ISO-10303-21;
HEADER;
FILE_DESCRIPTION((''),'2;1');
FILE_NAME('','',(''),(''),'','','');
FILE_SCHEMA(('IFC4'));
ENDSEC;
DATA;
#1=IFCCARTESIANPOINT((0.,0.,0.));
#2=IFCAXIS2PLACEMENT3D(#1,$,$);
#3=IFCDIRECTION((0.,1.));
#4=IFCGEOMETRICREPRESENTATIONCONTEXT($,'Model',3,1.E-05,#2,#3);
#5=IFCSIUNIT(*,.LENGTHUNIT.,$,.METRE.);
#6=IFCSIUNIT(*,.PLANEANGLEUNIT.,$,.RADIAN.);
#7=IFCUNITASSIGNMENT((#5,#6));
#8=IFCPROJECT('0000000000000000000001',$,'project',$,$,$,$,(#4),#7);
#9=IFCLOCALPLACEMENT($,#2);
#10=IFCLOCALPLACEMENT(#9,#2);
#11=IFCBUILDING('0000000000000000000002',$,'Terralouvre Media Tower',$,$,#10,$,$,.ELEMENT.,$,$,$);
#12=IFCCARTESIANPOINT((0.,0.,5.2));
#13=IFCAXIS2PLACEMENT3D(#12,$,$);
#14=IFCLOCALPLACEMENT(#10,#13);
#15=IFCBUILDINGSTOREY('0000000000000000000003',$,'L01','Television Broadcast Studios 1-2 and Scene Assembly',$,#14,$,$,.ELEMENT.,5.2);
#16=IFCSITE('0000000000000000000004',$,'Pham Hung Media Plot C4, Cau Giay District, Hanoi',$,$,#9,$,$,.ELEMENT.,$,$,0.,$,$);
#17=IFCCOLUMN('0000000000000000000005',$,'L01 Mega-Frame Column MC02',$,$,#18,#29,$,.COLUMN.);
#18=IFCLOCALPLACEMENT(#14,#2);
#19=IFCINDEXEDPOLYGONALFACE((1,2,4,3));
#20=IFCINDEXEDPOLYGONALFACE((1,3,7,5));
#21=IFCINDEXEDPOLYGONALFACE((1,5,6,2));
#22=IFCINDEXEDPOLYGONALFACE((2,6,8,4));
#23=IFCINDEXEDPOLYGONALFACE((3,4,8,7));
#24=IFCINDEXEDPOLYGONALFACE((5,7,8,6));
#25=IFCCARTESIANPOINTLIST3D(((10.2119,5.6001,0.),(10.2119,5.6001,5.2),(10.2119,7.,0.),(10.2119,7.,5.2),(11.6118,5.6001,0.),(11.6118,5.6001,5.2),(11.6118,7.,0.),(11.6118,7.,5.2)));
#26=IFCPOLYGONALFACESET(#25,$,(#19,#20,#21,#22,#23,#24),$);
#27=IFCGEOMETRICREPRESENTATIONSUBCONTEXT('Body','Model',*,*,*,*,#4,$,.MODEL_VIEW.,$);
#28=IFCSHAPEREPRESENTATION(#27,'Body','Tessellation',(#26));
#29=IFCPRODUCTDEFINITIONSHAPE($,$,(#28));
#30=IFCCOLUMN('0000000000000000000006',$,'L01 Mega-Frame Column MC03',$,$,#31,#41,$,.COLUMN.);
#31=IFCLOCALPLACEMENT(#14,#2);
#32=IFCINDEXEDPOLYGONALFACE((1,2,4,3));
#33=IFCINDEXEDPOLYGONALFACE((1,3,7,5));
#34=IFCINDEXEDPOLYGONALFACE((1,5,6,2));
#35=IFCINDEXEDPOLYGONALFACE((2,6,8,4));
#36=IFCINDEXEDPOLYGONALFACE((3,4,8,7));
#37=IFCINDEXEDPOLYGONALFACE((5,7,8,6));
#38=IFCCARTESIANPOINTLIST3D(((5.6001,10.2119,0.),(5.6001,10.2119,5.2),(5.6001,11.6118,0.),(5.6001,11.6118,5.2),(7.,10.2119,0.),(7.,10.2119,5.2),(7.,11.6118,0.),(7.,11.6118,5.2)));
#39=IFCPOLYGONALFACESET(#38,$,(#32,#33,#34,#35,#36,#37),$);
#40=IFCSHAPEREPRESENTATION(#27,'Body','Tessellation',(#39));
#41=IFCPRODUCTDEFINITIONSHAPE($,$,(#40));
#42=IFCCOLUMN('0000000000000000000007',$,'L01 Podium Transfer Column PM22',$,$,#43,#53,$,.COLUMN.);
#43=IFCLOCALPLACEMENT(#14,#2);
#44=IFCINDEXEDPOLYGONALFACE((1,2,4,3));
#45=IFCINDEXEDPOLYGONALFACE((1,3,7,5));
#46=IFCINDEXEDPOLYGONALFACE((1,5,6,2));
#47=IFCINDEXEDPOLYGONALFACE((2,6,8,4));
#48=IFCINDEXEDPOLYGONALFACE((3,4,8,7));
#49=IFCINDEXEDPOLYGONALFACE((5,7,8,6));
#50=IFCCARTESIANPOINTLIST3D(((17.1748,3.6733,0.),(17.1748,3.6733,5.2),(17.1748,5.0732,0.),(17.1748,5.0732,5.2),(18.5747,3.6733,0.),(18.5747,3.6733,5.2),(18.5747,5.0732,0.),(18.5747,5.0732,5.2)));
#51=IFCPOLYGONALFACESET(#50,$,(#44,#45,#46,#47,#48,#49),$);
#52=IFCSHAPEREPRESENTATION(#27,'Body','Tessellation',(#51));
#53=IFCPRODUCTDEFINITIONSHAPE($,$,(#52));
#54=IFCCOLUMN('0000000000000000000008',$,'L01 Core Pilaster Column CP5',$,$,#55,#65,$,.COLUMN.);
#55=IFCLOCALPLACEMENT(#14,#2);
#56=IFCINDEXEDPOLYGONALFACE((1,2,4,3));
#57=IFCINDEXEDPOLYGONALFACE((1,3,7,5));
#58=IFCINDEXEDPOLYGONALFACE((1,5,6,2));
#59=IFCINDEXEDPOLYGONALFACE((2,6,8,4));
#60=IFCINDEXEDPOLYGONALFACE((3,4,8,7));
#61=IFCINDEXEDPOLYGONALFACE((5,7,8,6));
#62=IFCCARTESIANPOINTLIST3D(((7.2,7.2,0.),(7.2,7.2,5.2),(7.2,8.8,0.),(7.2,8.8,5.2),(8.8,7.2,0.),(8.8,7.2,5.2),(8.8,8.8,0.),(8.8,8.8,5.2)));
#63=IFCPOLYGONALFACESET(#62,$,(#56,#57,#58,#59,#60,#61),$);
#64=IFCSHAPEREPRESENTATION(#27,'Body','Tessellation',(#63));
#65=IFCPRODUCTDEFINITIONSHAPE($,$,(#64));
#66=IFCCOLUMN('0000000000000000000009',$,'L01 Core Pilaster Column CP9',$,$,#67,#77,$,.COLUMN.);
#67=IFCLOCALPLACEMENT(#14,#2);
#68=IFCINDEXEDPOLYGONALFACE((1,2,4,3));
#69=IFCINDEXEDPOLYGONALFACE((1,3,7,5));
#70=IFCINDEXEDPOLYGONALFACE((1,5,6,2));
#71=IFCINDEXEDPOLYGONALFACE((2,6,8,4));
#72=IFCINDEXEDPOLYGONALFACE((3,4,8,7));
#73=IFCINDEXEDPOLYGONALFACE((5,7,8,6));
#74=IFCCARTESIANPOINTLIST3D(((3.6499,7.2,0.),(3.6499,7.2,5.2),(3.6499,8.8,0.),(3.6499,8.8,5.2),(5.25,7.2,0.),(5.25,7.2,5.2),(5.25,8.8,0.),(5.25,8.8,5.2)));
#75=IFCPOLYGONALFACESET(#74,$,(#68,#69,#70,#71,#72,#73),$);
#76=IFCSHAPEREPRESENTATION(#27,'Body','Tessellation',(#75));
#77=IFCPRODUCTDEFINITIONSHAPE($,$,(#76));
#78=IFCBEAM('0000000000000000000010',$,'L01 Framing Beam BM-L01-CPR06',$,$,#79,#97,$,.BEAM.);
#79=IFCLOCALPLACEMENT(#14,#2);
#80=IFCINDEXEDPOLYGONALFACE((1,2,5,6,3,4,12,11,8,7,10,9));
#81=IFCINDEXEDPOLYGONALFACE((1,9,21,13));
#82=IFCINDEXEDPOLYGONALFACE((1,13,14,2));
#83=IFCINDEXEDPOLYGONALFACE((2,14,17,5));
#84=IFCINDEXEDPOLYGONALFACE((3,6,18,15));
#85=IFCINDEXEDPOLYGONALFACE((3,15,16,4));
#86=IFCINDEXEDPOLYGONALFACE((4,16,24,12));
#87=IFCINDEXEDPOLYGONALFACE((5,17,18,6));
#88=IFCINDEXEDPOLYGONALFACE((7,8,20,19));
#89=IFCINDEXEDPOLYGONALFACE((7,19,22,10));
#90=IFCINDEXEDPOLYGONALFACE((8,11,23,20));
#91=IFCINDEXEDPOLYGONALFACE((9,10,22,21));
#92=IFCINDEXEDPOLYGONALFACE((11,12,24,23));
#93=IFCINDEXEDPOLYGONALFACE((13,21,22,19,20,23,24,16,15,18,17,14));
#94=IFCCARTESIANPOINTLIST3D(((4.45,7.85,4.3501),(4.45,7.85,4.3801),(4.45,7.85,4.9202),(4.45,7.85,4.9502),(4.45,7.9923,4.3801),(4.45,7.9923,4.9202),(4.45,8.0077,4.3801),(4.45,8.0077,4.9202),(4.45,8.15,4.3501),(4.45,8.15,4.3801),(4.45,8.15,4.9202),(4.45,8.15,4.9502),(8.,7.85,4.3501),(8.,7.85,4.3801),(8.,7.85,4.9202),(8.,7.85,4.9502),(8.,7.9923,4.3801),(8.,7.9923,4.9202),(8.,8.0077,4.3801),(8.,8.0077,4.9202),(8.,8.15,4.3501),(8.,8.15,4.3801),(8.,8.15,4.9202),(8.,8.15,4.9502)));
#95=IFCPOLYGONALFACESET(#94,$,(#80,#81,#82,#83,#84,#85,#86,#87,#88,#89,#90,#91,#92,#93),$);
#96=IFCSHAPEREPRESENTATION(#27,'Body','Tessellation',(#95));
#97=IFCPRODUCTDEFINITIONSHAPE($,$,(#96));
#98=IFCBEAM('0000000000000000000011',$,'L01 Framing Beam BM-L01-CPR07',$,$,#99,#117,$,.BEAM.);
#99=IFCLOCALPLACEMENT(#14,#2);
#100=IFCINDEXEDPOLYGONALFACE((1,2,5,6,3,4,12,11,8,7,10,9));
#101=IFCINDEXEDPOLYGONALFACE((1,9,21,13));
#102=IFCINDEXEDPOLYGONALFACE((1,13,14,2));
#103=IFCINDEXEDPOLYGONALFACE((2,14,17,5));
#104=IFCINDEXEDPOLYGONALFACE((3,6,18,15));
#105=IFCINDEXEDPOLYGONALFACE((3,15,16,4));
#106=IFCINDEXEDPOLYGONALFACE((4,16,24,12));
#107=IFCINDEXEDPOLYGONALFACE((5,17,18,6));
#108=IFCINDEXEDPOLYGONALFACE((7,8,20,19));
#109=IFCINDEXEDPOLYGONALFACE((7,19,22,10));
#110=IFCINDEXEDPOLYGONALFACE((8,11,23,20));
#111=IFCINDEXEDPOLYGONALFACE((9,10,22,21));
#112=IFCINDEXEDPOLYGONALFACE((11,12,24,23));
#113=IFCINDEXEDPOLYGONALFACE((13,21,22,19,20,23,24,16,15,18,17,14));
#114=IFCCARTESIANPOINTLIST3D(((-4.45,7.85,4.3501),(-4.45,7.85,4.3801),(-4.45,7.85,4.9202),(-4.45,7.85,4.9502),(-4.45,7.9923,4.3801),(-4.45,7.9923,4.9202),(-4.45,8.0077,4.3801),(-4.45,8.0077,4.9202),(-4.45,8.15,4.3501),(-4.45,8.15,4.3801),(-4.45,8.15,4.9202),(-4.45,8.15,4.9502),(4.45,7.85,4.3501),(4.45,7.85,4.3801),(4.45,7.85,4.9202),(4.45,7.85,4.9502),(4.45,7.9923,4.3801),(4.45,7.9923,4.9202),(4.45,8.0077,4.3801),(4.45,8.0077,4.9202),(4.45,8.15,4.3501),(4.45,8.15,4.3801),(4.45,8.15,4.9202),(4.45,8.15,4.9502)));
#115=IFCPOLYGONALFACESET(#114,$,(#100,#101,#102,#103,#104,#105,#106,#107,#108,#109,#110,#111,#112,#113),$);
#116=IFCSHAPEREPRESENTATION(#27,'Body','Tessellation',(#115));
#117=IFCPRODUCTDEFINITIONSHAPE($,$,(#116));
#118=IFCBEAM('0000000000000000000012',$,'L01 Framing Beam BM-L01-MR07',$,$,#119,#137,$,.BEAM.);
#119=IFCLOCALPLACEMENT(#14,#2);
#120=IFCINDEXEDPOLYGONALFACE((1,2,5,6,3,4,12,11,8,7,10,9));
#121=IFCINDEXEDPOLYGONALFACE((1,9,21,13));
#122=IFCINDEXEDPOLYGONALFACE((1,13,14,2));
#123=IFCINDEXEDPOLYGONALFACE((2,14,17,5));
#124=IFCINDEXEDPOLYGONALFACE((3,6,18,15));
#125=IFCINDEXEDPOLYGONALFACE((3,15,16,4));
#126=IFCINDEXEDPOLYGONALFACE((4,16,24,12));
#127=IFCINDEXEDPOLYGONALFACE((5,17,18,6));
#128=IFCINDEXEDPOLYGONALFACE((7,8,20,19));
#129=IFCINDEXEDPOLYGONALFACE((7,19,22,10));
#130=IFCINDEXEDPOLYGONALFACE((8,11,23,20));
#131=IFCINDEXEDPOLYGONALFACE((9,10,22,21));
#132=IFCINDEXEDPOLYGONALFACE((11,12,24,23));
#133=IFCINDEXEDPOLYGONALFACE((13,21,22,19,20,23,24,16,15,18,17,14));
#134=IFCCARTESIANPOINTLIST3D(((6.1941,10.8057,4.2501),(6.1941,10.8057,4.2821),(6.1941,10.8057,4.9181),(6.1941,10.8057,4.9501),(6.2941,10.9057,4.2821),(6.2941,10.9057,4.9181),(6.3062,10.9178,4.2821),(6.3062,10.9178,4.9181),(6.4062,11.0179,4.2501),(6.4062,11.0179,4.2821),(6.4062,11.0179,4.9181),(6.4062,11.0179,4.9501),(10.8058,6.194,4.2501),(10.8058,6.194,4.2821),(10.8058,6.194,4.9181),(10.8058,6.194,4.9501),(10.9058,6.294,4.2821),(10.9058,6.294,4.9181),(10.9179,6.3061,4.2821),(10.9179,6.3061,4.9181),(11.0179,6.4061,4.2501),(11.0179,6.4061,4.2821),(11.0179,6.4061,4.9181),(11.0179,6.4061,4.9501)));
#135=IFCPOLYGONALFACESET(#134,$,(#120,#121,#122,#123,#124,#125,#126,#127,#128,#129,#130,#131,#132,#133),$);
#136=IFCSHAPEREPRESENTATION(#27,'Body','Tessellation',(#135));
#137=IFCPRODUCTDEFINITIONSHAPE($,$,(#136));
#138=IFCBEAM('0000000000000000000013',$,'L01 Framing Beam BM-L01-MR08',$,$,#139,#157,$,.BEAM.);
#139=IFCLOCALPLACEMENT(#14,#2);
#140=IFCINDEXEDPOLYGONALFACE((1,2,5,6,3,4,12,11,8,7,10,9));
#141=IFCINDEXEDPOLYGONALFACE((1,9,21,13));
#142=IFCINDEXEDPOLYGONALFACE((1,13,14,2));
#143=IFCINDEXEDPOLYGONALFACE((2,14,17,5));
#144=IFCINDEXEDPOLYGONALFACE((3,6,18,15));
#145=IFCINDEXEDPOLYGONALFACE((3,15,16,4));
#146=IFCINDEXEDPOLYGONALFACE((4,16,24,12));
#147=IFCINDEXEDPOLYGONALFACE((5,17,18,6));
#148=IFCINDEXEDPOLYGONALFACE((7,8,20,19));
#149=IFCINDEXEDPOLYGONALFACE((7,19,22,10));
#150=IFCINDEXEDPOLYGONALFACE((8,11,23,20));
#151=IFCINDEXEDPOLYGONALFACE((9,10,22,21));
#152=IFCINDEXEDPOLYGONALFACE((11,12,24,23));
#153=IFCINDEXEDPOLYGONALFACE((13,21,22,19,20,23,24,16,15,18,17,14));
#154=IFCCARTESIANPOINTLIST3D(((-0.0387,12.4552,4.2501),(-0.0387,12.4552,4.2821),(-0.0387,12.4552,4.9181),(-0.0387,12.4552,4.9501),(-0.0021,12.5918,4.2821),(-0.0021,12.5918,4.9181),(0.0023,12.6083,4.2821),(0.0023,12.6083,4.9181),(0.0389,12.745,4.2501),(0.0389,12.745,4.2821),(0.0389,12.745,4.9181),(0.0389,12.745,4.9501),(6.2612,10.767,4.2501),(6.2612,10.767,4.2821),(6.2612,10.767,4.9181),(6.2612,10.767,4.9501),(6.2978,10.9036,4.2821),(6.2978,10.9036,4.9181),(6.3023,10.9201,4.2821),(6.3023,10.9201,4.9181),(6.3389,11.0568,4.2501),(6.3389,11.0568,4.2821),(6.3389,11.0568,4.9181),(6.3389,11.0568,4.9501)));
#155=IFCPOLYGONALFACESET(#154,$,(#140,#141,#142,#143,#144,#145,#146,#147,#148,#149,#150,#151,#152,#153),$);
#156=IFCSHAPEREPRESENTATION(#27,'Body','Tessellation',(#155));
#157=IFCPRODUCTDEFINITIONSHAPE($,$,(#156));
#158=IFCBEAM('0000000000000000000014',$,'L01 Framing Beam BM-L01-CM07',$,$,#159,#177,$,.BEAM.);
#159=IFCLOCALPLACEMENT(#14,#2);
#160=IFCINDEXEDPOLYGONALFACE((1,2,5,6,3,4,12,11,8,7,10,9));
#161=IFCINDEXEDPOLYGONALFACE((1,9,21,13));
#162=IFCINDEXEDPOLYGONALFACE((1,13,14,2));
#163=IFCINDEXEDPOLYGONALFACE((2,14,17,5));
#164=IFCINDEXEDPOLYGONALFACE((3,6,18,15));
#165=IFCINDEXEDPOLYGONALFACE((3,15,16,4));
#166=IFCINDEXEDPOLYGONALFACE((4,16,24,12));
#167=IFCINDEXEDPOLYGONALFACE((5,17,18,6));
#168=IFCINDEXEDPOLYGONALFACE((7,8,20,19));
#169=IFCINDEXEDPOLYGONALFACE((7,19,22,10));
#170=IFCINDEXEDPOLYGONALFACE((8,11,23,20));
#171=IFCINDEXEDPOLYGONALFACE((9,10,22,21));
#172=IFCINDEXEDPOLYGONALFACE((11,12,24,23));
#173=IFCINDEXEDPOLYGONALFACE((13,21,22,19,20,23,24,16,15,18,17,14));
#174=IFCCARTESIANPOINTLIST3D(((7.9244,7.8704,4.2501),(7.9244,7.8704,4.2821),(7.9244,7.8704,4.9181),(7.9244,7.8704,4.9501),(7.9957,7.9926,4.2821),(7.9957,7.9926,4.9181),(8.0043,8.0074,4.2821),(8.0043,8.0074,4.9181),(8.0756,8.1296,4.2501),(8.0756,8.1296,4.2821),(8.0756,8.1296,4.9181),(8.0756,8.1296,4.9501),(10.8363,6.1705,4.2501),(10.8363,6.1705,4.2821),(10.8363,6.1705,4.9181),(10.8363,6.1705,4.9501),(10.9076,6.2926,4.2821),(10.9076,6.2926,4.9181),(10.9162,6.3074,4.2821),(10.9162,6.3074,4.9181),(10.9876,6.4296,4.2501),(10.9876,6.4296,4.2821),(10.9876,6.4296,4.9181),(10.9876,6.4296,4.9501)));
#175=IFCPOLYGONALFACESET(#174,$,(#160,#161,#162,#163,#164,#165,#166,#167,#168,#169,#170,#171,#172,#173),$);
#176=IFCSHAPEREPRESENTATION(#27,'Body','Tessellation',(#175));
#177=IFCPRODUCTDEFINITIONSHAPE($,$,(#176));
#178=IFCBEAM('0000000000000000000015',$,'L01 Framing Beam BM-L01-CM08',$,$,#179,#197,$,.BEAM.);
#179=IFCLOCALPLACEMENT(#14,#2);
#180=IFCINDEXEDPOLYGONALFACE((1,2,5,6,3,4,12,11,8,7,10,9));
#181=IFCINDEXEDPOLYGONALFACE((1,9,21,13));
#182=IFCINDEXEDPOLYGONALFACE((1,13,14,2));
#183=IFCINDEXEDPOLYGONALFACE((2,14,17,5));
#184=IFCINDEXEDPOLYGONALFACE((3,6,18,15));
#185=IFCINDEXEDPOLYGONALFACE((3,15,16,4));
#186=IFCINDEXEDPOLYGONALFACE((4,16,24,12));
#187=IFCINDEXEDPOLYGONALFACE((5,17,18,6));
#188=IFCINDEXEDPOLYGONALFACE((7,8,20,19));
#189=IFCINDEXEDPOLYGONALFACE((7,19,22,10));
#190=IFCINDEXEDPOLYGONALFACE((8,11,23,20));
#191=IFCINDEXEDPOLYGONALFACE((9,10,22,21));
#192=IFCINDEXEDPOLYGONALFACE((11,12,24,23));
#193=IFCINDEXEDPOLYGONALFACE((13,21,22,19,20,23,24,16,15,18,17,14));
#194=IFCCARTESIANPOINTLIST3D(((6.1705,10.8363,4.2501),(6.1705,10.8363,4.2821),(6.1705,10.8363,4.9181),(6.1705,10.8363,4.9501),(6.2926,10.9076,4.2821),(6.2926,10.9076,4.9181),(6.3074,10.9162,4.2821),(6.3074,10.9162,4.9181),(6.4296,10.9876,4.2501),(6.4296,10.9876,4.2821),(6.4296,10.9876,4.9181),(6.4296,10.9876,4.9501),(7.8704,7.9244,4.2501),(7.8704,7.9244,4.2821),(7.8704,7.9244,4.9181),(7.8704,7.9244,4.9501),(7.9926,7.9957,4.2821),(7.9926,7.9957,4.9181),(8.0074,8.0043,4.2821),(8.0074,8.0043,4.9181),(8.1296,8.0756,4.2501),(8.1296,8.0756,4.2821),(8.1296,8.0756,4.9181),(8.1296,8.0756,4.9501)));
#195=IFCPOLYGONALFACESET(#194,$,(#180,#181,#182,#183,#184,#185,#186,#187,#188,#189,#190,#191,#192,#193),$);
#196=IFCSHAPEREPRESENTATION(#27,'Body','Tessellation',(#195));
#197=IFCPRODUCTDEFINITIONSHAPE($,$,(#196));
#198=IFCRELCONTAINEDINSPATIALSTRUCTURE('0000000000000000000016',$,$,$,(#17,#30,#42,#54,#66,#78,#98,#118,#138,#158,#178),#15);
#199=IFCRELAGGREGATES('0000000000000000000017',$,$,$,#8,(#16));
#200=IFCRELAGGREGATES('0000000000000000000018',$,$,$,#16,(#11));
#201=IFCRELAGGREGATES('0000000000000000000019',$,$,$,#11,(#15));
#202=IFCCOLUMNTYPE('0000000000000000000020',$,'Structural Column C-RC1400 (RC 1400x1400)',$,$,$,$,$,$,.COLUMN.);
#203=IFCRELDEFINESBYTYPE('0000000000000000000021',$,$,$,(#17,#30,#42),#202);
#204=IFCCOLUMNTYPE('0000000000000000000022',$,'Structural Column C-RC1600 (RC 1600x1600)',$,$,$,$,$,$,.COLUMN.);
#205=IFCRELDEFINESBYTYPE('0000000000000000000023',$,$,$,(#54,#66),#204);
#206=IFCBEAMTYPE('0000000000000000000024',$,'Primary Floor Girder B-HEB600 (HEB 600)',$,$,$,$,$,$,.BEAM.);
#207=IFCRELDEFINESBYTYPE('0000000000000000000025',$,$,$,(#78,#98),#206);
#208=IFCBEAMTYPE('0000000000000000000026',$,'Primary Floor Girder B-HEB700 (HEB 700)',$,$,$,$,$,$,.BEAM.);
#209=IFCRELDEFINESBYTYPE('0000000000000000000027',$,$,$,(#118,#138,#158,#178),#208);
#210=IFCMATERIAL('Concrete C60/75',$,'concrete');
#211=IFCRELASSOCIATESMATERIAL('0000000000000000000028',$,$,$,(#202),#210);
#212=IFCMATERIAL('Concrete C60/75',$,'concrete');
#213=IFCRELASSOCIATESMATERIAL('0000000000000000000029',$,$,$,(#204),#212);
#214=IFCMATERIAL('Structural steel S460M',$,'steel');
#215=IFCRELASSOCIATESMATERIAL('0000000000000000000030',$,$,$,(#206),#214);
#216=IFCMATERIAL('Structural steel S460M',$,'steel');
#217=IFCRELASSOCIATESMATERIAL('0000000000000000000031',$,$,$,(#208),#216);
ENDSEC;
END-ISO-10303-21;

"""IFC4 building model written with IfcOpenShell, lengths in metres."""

from ifc_helpers import new_model, si_unit, direction, frame, origin, origin_2d, place, context, subcontext, project, spatial, rectangle, i_section, extrude, material, material_profile, profile_set, type_object, element, save


model = new_model("IFC4")

# Units and contexts
model_context = context("Model", 3, precision=1e-05, world=origin(), true_north=direction((0.0, 1.0)))
body_context = subcontext(model_context, "Body", "Model", "MODEL_VIEW")
ifc_project = project(units=[si_unit("LENGTHUNIT", "METRE"), si_unit("PLANEANGLEUNIT", "RADIAN")], contexts=[model_context])

# Site, building, storey
site_placement = place(None, origin())
site = spatial("IfcSite", under=ifc_project, at=site_placement, Name="Pham Hung Media Plot C4, Cau Giay District, Hanoi", CompositionType="ELEMENT", RefElevation=0.0)
building_placement = place(site_placement, origin())
building = spatial("IfcBuilding", under=site, at=building_placement, Name="Terralouvre Media Tower", CompositionType="ELEMENT")
storey_placement = place(building_placement, frame((0.0, 0.0, 5.2)))
storey = spatial("IfcBuildingStorey", under=building, at=storey_placement, Name="L01", Description="Television Broadcast Studios 1-2 and Scene Assembly", CompositionType="ELEMENT", Elevation=5.2)

# Columns
ifc_material_1 = material(Name="Concrete C60/75", Category="concrete")
ifc_material_profile_1 = material_profile(ifc_material_1, rectangle(XDim=1.3999, YDim=1.3999, at=origin_2d()), Name="RC 1400x1400")
ifc_profile_set_1 = profile_set([ifc_material_profile_1], Name="Concrete C60/75")
column_type_1 = type_object("IfcColumnType", Name="Structural Column C-RC1400 (RC 1400x1400)", PredefinedType="COLUMN", material=ifc_profile_set_1)
for number, where, z_axis, x_axis, name in (
    (1, (10.9119, 6.3, 0.0), (0.0, 0.0, 1.0), (1.0, 0.0, 0.0), "L01 Mega-Frame Column MC02"),
    (2, (6.3, 10.9119, 0.0), (0.0, 0.0, 1.0), (1.0, 0.0, 0.0), "L01 Mega-Frame Column MC03"),
    (3, (17.8748, 4.3733, 0.0), (0.0, 0.0, 1.0), (1.0, 0.0, 0.0), "L01 Podium Transfer Column PM22"),
):
    element("IfcColumn", number, at=place(storey_placement, frame(where, z_axis=z_axis, x_axis=x_axis)), inside=storey, type_object=column_type_1, Name=name, PredefinedType="COLUMN", context=body_context, shape_type="SweptSolid", body=[
        extrude(rectangle(XDim=1.3999, YDim=1.3999, at=origin_2d()), origin(), (0.0, 0.0, 1.0), 5.2),
    ])
ifc_material_2 = material(Name="Concrete C60/75", Category="concrete")
ifc_material_profile_2 = material_profile(ifc_material_2, rectangle(XDim=1.6001, YDim=1.6001, at=origin_2d()), Name="RC 1600x1600")
ifc_profile_set_2 = profile_set([ifc_material_profile_2], Name="Concrete C60/75")
column_type_2 = type_object("IfcColumnType", Name="Structural Column C-RC1600 (RC 1600x1600)", PredefinedType="COLUMN", material=ifc_profile_set_2)
for number, where, z_axis, x_axis, name in (
    (4, (8.0, 8.0, 0.0), (0.0, 0.0, 1.0), (1.0, 0.0, 0.0), "L01 Core Pilaster Column CP5"),
    (5, (4.45, 8.0, 0.0), (0.0, 0.0, 1.0), (1.0, 0.0, 0.0), "L01 Core Pilaster Column CP9"),
):
    element("IfcColumn", number, at=place(storey_placement, frame(where, z_axis=z_axis, x_axis=x_axis)), inside=storey, type_object=column_type_2, Name=name, PredefinedType="COLUMN", context=body_context, shape_type="SweptSolid", body=[
        extrude(rectangle(XDim=1.6001, YDim=1.6001, at=origin_2d()), origin(), (0.0, 0.0, 1.0), 5.2),
    ])

# Beams
ifc_material_3 = material(Name="Structural steel S460M", Category="steel")
ifc_material_profile_3 = material_profile(ifc_material_3, i_section(OverallWidth=0.3, OverallDepth=0.6001, WebThickness=0.0154, FlangeThickness=0.03, at=origin_2d()), Name="HEB 600")
ifc_profile_set_3 = profile_set([ifc_material_profile_3], Name="Structural steel S460M")
beam_type_1 = type_object("IfcBeamType", Name="Primary Floor Girder B-HEB600 (HEB 600)", PredefinedType="BEAM", material=ifc_profile_set_3)
beam_1_placement = place(storey_placement, frame((8.0, 8.0, 4.6501), z_axis=(-1.0, 0.0, 0.0), x_axis=(0.0, -1.0, 0.0)))
element("IfcBeam", 6, at=beam_1_placement, inside=storey, type_object=beam_type_1, Name="L01 Framing Beam BM-L01-CPR06", PredefinedType="BEAM", context=body_context, shape_type="SweptSolid", body=[
    extrude(i_section(OverallWidth=0.3, OverallDepth=0.6001, WebThickness=0.0154, FlangeThickness=0.03, at=origin_2d()), origin(), (0.0, 0.0, 1.0), 3.55),
])
beam_2_placement = place(storey_placement, frame((4.45, 8.0, 4.6501), z_axis=(-1.0, 0.0, 0.0), x_axis=(0.0, -1.0, 0.0)))
element("IfcBeam", 7, at=beam_2_placement, inside=storey, type_object=beam_type_1, Name="L01 Framing Beam BM-L01-CPR07", PredefinedType="BEAM", context=body_context, shape_type="SweptSolid", body=[
    extrude(i_section(OverallWidth=0.3, OverallDepth=0.6001, WebThickness=0.0154, FlangeThickness=0.03, at=origin_2d()), origin(), (0.0, 0.0, 1.0), 8.8999),
])
ifc_material_4 = material(Name="Structural steel S460M", Category="steel")
ifc_material_profile_4 = material_profile(ifc_material_4, i_section(OverallWidth=0.3, OverallDepth=0.7, WebThickness=0.0171, FlangeThickness=0.032, at=origin_2d()), Name="HEB 700")
ifc_profile_set_4 = profile_set([ifc_material_profile_4], Name="Structural steel S460M")
beam_type_2 = type_object("IfcBeamType", Name="Primary Floor Girder B-HEB700 (HEB 700)", PredefinedType="BEAM", material=ifc_profile_set_4)
beam_3_placement = place(storey_placement, frame((10.9119, 6.3, 4.6001), z_axis=(-0.707107, 0.707107, 0.0), x_axis=(-0.707107, -0.707107, 0.0)))
element("IfcBeam", 8, at=beam_3_placement, inside=storey, type_object=beam_type_2, Name="L01 Framing Beam BM-L01-MR07", PredefinedType="BEAM", context=body_context, shape_type="SweptSolid", body=[
    extrude(i_section(OverallWidth=0.3, OverallDepth=0.7, WebThickness=0.0171, FlangeThickness=0.032, at=origin_2d()), origin(), (0.0, 0.0, 1.0), 6.522),
])
beam_4_placement = place(storey_placement, frame((6.3, 10.9119, 4.6001), z_axis=(-0.96592, 0.258839, 0.0), x_axis=(-0.258839, -0.96592, 0.0)))
element("IfcBeam", 9, at=beam_4_placement, inside=storey, type_object=beam_type_2, Name="L01 Framing Beam BM-L01-MR08", PredefinedType="BEAM", context=body_context, shape_type="SweptSolid", body=[
    extrude(i_section(OverallWidth=0.3, OverallDepth=0.7, WebThickness=0.0171, FlangeThickness=0.032, at=origin_2d()), origin(), (0.0, 0.0, 1.0), 6.5222),
])
for number, where, z_axis, x_axis, name in (
    (10, (8.0, 8.0, 4.6001), (0.863603, -0.504173, 0.0), (0.504173, 0.863603, 0.0), "L01 Framing Beam BM-L01-CM07"),
    (11, (8.0, 8.0, 4.6001), (-0.504173, 0.863603, 0.0), (-0.863603, -0.504173, 0.0), "L01 Framing Beam BM-L01-CM08"),
):
    element("IfcBeam", number, at=place(storey_placement, frame(where, z_axis=z_axis, x_axis=x_axis)), inside=storey, type_object=beam_type_2, Name=name, PredefinedType="BEAM", context=body_context, shape_type="SweptSolid", body=[
        extrude(i_section(OverallWidth=0.3, OverallDepth=0.7, WebThickness=0.0171, FlangeThickness=0.032, at=origin_2d()), origin(), (0.0, 0.0, 1.0), 3.3718),
    ])

save(model, "model.ifc")
